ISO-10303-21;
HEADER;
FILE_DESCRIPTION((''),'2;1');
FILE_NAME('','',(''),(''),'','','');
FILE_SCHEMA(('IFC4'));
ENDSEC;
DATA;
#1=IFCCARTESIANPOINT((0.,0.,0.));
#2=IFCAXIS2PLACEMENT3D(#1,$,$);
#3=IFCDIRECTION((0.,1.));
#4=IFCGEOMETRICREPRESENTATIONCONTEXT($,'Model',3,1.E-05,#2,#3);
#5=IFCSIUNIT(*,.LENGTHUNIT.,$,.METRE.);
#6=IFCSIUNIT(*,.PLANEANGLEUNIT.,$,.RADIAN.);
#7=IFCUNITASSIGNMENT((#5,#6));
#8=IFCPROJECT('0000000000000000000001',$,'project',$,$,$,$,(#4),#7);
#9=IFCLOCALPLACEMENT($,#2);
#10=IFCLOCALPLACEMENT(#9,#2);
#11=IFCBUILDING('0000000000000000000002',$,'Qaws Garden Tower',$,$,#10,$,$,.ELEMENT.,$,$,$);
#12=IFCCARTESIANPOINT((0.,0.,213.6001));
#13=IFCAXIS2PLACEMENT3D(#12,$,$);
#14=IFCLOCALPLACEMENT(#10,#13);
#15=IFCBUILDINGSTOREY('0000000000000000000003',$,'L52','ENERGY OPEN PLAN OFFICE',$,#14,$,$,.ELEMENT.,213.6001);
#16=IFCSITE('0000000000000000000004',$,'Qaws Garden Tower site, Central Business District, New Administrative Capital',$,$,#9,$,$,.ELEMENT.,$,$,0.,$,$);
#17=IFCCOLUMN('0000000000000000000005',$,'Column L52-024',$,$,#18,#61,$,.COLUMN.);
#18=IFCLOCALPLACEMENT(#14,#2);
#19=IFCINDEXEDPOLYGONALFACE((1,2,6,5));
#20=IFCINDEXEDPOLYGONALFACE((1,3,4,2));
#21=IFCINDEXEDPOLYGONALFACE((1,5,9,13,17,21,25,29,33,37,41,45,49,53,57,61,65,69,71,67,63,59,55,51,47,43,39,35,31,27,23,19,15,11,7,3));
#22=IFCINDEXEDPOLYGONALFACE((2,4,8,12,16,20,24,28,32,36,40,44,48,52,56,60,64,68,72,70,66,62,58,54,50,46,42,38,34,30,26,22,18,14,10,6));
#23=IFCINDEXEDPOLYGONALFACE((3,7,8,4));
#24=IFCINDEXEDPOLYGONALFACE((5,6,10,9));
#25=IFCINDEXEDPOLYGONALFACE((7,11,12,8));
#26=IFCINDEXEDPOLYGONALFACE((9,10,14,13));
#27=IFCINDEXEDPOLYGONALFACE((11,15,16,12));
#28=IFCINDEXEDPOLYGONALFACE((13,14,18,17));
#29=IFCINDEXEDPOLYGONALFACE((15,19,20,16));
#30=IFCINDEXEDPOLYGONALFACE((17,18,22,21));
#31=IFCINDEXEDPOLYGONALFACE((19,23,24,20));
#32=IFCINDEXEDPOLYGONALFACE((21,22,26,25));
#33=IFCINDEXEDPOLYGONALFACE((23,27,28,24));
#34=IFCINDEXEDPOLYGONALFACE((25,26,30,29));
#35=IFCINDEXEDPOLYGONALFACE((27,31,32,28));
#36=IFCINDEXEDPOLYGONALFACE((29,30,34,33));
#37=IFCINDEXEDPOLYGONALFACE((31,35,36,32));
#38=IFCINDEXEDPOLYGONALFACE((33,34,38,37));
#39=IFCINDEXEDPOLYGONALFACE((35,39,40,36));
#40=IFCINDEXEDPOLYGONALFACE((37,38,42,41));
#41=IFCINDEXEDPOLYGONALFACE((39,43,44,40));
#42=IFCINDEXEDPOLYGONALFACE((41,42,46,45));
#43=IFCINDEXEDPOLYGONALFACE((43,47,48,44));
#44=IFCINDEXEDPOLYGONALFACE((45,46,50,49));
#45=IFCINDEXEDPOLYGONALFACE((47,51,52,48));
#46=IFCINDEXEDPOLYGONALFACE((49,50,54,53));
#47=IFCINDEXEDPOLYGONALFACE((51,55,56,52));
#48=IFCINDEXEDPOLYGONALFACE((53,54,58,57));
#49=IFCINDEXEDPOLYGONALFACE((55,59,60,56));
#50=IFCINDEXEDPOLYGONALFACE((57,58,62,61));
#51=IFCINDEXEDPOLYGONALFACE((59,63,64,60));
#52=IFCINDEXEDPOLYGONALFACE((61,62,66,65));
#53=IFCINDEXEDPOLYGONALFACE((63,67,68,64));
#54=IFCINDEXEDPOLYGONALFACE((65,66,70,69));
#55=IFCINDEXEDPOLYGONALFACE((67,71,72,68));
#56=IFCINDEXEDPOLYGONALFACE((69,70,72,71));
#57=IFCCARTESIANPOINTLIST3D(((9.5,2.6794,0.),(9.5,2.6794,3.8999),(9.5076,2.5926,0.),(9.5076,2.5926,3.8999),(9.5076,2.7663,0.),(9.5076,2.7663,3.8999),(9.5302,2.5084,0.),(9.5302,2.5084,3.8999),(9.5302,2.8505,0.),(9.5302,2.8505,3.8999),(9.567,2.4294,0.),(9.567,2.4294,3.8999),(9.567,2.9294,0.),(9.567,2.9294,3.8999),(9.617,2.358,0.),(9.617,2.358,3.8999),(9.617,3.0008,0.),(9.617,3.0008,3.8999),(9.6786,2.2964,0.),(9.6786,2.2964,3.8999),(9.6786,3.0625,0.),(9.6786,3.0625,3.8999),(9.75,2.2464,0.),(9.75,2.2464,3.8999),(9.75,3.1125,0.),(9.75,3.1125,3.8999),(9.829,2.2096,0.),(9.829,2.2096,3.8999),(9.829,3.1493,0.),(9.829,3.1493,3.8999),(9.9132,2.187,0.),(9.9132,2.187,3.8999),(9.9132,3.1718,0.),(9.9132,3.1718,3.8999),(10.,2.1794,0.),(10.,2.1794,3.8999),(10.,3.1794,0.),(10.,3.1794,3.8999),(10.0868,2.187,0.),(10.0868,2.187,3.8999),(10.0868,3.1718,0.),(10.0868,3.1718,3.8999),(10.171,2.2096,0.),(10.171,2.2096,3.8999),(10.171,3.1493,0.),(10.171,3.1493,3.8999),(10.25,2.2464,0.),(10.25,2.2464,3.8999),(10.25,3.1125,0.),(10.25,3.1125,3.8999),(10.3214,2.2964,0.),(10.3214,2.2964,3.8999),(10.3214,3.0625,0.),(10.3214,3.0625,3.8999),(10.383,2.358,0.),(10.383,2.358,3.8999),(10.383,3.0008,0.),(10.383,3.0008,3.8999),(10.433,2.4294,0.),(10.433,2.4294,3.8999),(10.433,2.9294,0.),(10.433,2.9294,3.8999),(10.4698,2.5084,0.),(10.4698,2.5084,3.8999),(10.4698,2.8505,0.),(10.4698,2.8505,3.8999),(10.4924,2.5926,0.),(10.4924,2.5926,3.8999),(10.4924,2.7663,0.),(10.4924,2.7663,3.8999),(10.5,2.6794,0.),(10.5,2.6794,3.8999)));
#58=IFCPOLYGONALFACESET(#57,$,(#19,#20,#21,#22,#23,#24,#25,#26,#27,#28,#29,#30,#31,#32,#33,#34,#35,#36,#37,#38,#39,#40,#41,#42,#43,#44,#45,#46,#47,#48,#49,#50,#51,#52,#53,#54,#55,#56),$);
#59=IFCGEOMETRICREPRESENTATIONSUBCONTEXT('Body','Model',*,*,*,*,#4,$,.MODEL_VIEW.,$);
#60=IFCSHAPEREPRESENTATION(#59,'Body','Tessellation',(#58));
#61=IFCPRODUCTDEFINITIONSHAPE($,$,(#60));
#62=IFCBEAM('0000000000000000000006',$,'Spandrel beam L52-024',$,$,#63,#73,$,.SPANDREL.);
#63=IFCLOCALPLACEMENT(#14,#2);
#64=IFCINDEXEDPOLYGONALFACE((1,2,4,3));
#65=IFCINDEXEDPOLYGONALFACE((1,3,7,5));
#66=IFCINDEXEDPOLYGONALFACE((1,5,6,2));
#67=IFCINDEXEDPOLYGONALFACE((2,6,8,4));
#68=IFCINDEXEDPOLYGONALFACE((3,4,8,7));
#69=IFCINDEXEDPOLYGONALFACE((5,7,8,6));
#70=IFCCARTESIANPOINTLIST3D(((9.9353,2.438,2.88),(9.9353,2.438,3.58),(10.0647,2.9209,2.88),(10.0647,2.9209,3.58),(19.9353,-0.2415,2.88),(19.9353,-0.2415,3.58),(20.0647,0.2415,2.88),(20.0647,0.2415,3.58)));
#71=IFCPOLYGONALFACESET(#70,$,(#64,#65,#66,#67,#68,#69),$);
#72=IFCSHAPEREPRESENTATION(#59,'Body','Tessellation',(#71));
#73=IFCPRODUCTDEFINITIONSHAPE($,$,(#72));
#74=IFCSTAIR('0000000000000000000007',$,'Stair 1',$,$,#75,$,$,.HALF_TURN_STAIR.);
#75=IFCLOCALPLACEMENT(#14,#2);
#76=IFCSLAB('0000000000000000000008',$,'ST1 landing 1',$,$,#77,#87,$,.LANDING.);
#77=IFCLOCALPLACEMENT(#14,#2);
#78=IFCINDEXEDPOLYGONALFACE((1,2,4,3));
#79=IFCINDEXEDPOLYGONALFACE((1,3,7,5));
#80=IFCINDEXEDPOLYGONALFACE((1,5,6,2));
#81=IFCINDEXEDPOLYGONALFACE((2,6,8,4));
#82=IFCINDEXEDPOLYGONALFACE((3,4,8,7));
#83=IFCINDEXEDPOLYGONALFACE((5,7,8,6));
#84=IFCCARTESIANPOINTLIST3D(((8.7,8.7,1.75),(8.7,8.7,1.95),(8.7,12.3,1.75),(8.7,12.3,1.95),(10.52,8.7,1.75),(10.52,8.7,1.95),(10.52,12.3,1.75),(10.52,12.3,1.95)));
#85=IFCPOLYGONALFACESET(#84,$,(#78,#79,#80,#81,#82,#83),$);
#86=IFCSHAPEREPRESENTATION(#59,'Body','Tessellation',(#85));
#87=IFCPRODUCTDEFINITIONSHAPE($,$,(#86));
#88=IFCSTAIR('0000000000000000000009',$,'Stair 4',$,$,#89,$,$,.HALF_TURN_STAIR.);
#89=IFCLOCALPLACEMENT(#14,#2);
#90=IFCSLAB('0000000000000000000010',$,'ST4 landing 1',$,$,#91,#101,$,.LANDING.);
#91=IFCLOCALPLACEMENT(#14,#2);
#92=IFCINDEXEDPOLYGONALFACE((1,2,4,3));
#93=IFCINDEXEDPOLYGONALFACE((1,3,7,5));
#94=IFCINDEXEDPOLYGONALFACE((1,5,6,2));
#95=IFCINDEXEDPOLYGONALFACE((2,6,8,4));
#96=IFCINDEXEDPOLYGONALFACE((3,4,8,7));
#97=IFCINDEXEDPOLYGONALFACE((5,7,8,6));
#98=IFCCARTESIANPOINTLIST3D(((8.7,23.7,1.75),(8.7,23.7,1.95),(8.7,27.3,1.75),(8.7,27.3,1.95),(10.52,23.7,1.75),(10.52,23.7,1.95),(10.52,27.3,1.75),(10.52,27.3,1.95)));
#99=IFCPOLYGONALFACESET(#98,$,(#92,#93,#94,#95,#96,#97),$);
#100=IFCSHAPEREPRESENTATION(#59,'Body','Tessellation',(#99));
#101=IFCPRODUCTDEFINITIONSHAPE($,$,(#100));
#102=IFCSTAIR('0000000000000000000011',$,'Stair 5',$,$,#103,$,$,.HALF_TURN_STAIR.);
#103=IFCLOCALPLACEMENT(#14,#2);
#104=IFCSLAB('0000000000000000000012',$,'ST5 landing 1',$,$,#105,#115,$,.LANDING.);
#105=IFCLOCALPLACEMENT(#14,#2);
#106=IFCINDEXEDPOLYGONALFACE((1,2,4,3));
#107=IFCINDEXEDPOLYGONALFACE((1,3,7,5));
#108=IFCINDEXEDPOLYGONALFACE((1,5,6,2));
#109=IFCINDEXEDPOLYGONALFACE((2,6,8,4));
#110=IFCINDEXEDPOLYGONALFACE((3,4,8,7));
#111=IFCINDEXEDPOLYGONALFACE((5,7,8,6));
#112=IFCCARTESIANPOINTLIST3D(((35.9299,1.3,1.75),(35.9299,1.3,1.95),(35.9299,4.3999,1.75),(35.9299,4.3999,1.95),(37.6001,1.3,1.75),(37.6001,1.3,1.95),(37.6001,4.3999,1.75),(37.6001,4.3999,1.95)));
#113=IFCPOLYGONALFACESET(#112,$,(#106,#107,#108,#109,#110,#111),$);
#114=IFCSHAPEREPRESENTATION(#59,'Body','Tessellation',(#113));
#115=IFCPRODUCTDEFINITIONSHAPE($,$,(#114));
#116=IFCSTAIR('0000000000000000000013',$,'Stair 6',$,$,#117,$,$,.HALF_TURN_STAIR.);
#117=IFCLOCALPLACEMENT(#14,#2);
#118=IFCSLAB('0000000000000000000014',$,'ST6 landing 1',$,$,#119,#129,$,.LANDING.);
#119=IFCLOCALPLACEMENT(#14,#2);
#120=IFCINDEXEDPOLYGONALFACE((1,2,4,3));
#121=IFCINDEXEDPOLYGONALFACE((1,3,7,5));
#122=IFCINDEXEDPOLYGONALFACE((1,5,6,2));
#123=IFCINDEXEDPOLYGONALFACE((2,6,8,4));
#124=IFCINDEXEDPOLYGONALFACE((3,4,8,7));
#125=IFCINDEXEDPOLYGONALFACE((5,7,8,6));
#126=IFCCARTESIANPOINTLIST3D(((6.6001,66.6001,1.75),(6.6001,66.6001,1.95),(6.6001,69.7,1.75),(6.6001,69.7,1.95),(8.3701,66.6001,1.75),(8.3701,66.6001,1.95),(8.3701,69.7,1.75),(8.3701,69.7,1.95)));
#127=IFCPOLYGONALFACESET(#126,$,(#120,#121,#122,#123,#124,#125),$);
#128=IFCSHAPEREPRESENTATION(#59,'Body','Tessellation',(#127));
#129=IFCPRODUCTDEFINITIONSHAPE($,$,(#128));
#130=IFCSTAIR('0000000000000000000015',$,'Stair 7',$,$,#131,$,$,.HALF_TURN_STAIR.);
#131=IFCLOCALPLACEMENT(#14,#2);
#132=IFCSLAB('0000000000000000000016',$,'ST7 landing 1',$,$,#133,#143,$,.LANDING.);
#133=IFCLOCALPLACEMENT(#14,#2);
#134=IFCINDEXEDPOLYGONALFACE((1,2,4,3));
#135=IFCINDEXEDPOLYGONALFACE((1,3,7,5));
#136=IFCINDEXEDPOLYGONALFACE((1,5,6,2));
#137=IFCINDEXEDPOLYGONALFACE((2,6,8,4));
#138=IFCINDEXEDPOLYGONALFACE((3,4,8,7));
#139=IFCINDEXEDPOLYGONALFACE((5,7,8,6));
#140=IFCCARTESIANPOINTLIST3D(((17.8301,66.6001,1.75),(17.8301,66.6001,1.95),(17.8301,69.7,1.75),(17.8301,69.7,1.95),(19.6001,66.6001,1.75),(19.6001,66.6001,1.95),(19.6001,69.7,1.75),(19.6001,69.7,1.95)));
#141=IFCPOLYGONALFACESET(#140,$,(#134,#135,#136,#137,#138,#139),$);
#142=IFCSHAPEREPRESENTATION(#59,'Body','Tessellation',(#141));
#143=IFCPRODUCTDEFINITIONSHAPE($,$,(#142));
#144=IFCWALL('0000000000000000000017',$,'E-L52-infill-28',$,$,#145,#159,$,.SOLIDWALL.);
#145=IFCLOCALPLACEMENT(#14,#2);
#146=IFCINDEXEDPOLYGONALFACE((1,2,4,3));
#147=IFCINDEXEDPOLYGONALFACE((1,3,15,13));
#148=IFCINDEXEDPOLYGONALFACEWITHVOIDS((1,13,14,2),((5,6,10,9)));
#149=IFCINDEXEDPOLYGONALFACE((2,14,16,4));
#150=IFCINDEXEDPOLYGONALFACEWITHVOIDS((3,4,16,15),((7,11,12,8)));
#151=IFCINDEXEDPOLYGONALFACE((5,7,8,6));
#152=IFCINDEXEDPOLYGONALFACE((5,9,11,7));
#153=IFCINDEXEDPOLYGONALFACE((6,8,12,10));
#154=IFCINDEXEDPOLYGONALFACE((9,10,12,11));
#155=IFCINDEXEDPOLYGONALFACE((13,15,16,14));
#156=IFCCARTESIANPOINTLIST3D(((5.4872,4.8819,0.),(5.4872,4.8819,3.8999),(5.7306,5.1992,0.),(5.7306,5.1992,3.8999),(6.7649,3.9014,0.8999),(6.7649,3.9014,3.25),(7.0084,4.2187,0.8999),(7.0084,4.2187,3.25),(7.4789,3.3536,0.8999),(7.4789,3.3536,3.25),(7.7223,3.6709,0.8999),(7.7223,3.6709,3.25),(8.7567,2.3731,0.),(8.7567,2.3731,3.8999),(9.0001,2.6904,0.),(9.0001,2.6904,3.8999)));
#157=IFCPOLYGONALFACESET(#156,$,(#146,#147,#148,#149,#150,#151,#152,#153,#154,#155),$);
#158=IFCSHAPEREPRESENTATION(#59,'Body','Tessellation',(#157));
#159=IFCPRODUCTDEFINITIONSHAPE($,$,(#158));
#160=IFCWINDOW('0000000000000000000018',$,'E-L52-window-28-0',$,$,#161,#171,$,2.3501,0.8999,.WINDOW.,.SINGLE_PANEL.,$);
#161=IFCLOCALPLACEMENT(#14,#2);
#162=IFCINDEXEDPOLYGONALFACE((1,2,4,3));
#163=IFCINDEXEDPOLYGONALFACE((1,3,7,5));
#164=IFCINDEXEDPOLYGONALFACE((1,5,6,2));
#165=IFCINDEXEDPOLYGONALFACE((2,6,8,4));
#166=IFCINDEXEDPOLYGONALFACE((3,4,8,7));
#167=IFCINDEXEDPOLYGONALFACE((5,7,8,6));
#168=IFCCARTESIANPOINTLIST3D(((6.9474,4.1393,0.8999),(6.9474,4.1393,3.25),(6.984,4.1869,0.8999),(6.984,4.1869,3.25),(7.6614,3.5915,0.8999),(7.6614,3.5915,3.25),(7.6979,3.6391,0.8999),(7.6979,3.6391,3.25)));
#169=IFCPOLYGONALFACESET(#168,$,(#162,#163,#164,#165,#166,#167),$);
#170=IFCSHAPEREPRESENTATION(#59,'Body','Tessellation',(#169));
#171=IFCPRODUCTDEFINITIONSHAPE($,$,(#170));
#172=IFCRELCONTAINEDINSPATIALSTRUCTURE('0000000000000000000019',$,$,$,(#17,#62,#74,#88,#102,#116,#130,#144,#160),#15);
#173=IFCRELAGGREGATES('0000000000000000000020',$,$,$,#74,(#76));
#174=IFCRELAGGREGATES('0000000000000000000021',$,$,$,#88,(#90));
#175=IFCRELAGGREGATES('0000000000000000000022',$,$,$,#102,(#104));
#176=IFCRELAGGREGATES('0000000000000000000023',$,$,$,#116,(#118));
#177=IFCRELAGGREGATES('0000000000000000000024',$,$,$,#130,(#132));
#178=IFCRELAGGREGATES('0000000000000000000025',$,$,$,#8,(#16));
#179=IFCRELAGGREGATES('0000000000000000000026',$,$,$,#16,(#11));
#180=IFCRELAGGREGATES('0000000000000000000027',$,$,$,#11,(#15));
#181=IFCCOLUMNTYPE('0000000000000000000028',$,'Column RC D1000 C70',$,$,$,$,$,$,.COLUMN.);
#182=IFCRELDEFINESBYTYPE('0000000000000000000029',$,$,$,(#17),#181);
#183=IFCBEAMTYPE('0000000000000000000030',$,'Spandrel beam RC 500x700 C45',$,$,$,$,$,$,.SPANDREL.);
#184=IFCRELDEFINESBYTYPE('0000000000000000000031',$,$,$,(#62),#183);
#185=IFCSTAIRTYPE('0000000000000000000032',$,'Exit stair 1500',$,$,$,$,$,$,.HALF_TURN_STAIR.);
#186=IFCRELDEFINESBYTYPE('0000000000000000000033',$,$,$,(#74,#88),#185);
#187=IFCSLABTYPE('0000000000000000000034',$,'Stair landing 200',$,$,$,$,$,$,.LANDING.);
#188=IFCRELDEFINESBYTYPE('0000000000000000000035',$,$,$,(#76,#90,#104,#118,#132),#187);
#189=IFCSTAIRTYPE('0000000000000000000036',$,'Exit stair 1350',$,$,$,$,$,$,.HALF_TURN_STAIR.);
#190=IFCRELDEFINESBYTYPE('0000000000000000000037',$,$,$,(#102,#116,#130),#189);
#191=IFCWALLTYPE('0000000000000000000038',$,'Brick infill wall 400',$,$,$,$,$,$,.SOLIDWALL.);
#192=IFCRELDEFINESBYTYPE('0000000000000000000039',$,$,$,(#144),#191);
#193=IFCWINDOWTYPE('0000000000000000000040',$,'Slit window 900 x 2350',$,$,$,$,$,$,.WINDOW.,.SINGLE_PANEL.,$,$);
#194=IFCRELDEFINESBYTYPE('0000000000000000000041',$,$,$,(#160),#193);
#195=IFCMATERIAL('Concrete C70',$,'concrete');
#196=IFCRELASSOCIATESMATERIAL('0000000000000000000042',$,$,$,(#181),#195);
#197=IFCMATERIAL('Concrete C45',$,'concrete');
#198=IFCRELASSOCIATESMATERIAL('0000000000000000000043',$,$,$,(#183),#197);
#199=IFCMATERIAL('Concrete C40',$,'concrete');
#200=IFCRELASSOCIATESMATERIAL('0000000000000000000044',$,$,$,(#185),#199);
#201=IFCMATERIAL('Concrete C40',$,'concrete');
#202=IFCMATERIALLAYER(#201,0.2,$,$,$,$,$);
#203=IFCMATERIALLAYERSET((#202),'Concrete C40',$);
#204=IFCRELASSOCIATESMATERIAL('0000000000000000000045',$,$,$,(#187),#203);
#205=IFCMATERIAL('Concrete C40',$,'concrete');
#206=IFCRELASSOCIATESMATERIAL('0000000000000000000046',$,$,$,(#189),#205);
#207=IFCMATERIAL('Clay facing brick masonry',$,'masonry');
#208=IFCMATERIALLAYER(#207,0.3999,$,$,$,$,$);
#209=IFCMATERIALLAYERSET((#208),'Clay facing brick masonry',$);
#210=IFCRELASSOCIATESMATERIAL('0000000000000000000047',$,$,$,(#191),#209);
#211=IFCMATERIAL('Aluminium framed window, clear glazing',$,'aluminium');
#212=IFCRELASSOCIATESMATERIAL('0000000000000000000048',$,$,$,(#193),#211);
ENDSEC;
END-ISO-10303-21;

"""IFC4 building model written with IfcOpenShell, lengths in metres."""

from ifc_helpers import new_model, si_unit, direction, frame, frame_2d, origin, origin_2d, place, context, subcontext, project, spatial, polyline, rectangle, circle, outline, extrude, material, layer, layer_set, material_profile, profile_set, type_object, element, fill, aggregate, save


model = new_model("IFC4")

# Units and contexts
model_context = context("Model", 3, precision=1e-05, world=origin(), true_north=direction((0.0, 1.0)))
body_context = subcontext(model_context, "Body", "Model", "MODEL_VIEW")
ifc_project = project(units=[si_unit("LENGTHUNIT", "METRE"), si_unit("PLANEANGLEUNIT", "RADIAN")], contexts=[model_context])

# Site, building, storey
site_placement = place(None, origin())
site = spatial("IfcSite", under=ifc_project, at=site_placement, Name="Qaws Garden Tower site, Central Business District, New Administrative Capital", CompositionType="ELEMENT", RefElevation=0.0)
building_placement = place(site_placement, origin())
building = spatial("IfcBuilding", under=site, at=building_placement, Name="Qaws Garden Tower", CompositionType="ELEMENT")
storey_placement = place(building_placement, frame((0.0, 0.0, 213.6001)))
storey = spatial("IfcBuildingStorey", under=building, at=storey_placement, Name="L52", Description="ENERGY OPEN PLAN OFFICE", CompositionType="ELEMENT", Elevation=213.6001)

# Column
ifc_material_1 = material(Name="Concrete C70", Category="concrete")
ifc_material_profile_1 = material_profile(ifc_material_1, circle(Radius=0.5, at=origin_2d()), Name="RC D1000")
ifc_profile_set_1 = profile_set([ifc_material_profile_1], Name="Concrete C70")
column_type = type_object("IfcColumnType", Name="Column RC D1000 C70", PredefinedType="COLUMN", material=ifc_profile_set_1)
column_placement = place(storey_placement, frame((10.0, 2.6794, 0.0), z_axis=(0.0, 0.0, 1.0), x_axis=(1.0, 0.0, 0.0)))
element("IfcColumn", 1, at=column_placement, inside=storey, type_object=column_type, Name="Column L52-024", PredefinedType="COLUMN", context=body_context, shape_type="SweptSolid", body=[
    extrude(circle(Radius=0.5, at=origin_2d()), origin(), (0.0, 0.0, 1.0), 3.8999),
])

# Beam
ifc_material_2 = material(Name="Concrete C45", Category="concrete")
ifc_material_profile_2 = material_profile(ifc_material_2, rectangle(XDim=0.5, YDim=0.7, at=origin_2d()), Name="RC 500x700")
ifc_profile_set_2 = profile_set([ifc_material_profile_2], Name="Concrete C45")
beam_type = type_object("IfcBeamType", Name="Spandrel beam RC 500x700 C45", PredefinedType="SPANDREL", material=ifc_profile_set_2)
beam_placement = place(storey_placement, frame((10.0, 2.6794, 3.23), z_axis=(0.965927, -0.258815, 0.0), x_axis=(0.258815, 0.965927, 0.0)))
element("IfcBeam", 2, at=beam_placement, inside=storey, type_object=beam_type, Name="Spandrel beam L52-024", PredefinedType="SPANDREL", context=body_context, shape_type="SweptSolid", body=[
    extrude(rectangle(XDim=0.5, YDim=0.7, at=origin_2d()), origin(), (0.0, 0.0, 1.0), 10.3528),
])

# Stairs, slabs
ifc_material_3 = material(Name="Concrete C40", Category="concrete")
stair_type_1 = type_object("IfcStairType", Name="Exit stair 1500", PredefinedType="HALF_TURN_STAIR", material=ifc_material_3)
placement_1 = place(storey_placement, origin())
stair_1 = element("IfcStair", 3, at=placement_1, inside=storey, type_object=stair_type_1, Name="Stair 1", PredefinedType="HALF_TURN_STAIR")
ifc_material_4 = material(Name="Concrete C40", Category="concrete")
ifc_layer_1 = layer(ifc_material_4, 0.2)
ifc_layer_set_1 = layer_set([ifc_layer_1], Name="Concrete C40")
slab_type = type_object("IfcSlabType", Name="Stair landing 200", PredefinedType="LANDING", material=ifc_layer_set_1)
placement_2 = place(storey_placement, frame((0.0, 0.0, 1.75)))
slab_1 = element("IfcSlab", 4, at=placement_2, type_object=slab_type, Name="ST1 landing 1", PredefinedType="LANDING", context=body_context, shape_type="SweptSolid", body=[
    extrude(outline(polyline([(8.7, 8.7), (10.52, 8.7), (10.52, 12.3), (8.7, 12.3), (8.7, 8.7)])), origin(), (0.0, 0.0, 1.0), 0.2),
])
aggregate(stair_1, [slab_1])
stair_2 = element("IfcStair", 5, at=placement_1, inside=storey, type_object=stair_type_1, Name="Stair 4", PredefinedType="HALF_TURN_STAIR")
slab_2 = element("IfcSlab", 6, at=placement_2, type_object=slab_type, Name="ST4 landing 1", PredefinedType="LANDING", context=body_context, shape_type="SweptSolid", body=[
    extrude(outline(polyline([(8.7, 23.7), (10.52, 23.7), (10.52, 27.3), (8.7, 27.3), (8.7, 23.7)])), origin(), (0.0, 0.0, 1.0), 0.2),
])
aggregate(stair_2, [slab_2])
ifc_material_5 = material(Name="Concrete C40", Category="concrete")
stair_type_2 = type_object("IfcStairType", Name="Exit stair 1350", PredefinedType="HALF_TURN_STAIR", material=ifc_material_5)
stair_3 = element("IfcStair", 7, at=placement_1, inside=storey, type_object=stair_type_2, Name="Stair 5", PredefinedType="HALF_TURN_STAIR")
slab_3 = element("IfcSlab", 8, at=placement_2, type_object=slab_type, Name="ST5 landing 1", PredefinedType="LANDING", context=body_context, shape_type="SweptSolid", body=[
    extrude(outline(polyline([(35.9299, 1.3), (37.6001, 1.3), (37.6001, 4.3999), (35.9299, 4.3999), (35.9299, 1.3)])), origin(), (0.0, 0.0, 1.0), 0.2),
])
aggregate(stair_3, [slab_3])
stair_4 = element("IfcStair", 9, at=placement_1, inside=storey, type_object=stair_type_2, Name="Stair 6", PredefinedType="HALF_TURN_STAIR")
slab_4 = element("IfcSlab", 10, at=placement_2, type_object=slab_type, Name="ST6 landing 1", PredefinedType="LANDING", context=body_context, shape_type="SweptSolid", body=[
    extrude(outline(polyline([(6.6001, 66.6001), (8.3701, 66.6001), (8.3701, 69.7), (6.6001, 69.7), (6.6001, 66.6001)])), origin(), (0.0, 0.0, 1.0), 0.2),
])
aggregate(stair_4, [slab_4])
stair_5 = element("IfcStair", 11, at=placement_1, inside=storey, type_object=stair_type_2, Name="Stair 7", PredefinedType="HALF_TURN_STAIR")
slab_5 = element("IfcSlab", 12, at=placement_2, type_object=slab_type, Name="ST7 landing 1", PredefinedType="LANDING", context=body_context, shape_type="SweptSolid", body=[
    extrude(outline(polyline([(17.8301, 66.6001), (19.6001, 66.6001), (19.6001, 69.7), (17.8301, 69.7), (17.8301, 66.6001)])), origin(), (0.0, 0.0, 1.0), 0.2),
])
aggregate(stair_5, [slab_5])

# Wall, opening, window
ifc_material_6 = material(Name="Clay facing brick masonry", Category="masonry")
ifc_layer_2 = layer(ifc_material_6, 0.3999)
ifc_layer_set_2 = layer_set([ifc_layer_2], Name="Clay facing brick masonry")
wall_type_1 = type_object("IfcWallType", Name="Brick infill wall 400", PredefinedType="SOLIDWALL", material=ifc_layer_set_2)
wall_1_placement = place(storey_placement, frame((5.6089, 5.0405, 0.0), z_axis=(0.0, 0.0, 1.0), x_axis=(0.793355, -0.60876, 0.0)))
wall_1 = element("IfcWall", 13, at=wall_1_placement, inside=storey, type_object=wall_type_1, Name="E-L52-infill-28", PredefinedType="SOLIDWALL", context=body_context, shape_type="SweptSolid", body=[
    extrude(rectangle(XDim=4.1211, YDim=0.3999, at=frame_2d((2.0605, 0.0))), origin(), (0.0, 0.0, 1.0), 3.8999),
])
opening_1_placement = place(wall_1_placement, frame((1.6106, 0.0, 0.8999)))
opening_1 = element("IfcOpeningElement", 14, at=opening_1_placement, cuts=wall_1, PredefinedType="OPENING", context=body_context, shape_type="SweptSolid", body=[
    extrude(rectangle(XDim=0.8999, YDim=2.3501, at=frame_2d((0.45, 1.175))), frame((0.0, 0.21, 0.0), z_axis=(0.0, -1.0, 0.0), x_axis=(1.0, 0.0, 0.0)), (0.0, 0.0, 1.0), 0.4199),
])
ifc_material_7 = material(Name="Aluminium framed window, clear glazing", Category="aluminium")
window_type = type_object("IfcWindowType", Name="Slit window 900 x 2350", PartitioningType="SINGLE_PANEL", PredefinedType="WINDOW", material=ifc_material_7)
window_1_placement = place(opening_1_placement, origin())
window_1 = element("IfcWindow", 15, at=window_1_placement, inside=storey, type_object=window_type, Name="E-L52-window-28-0", OverallHeight=2.3501, OverallWidth=0.8999, PartitioningType="SINGLE_PANEL", PredefinedType="WINDOW", context=body_context, shape_type="SweptSolid", body=[
    extrude(rectangle(XDim=0.8999, YDim=2.3501, at=frame_2d((0.45, 1.175))), frame((0.0, 0.1599, 0.0), z_axis=(0.0, -1.0, 0.0), x_axis=(1.0, 0.0, 0.0)), (0.0, 0.0, 1.0), 0.0601),
])
fill(opening_1, window_1)

save(model, "model.ifc")
